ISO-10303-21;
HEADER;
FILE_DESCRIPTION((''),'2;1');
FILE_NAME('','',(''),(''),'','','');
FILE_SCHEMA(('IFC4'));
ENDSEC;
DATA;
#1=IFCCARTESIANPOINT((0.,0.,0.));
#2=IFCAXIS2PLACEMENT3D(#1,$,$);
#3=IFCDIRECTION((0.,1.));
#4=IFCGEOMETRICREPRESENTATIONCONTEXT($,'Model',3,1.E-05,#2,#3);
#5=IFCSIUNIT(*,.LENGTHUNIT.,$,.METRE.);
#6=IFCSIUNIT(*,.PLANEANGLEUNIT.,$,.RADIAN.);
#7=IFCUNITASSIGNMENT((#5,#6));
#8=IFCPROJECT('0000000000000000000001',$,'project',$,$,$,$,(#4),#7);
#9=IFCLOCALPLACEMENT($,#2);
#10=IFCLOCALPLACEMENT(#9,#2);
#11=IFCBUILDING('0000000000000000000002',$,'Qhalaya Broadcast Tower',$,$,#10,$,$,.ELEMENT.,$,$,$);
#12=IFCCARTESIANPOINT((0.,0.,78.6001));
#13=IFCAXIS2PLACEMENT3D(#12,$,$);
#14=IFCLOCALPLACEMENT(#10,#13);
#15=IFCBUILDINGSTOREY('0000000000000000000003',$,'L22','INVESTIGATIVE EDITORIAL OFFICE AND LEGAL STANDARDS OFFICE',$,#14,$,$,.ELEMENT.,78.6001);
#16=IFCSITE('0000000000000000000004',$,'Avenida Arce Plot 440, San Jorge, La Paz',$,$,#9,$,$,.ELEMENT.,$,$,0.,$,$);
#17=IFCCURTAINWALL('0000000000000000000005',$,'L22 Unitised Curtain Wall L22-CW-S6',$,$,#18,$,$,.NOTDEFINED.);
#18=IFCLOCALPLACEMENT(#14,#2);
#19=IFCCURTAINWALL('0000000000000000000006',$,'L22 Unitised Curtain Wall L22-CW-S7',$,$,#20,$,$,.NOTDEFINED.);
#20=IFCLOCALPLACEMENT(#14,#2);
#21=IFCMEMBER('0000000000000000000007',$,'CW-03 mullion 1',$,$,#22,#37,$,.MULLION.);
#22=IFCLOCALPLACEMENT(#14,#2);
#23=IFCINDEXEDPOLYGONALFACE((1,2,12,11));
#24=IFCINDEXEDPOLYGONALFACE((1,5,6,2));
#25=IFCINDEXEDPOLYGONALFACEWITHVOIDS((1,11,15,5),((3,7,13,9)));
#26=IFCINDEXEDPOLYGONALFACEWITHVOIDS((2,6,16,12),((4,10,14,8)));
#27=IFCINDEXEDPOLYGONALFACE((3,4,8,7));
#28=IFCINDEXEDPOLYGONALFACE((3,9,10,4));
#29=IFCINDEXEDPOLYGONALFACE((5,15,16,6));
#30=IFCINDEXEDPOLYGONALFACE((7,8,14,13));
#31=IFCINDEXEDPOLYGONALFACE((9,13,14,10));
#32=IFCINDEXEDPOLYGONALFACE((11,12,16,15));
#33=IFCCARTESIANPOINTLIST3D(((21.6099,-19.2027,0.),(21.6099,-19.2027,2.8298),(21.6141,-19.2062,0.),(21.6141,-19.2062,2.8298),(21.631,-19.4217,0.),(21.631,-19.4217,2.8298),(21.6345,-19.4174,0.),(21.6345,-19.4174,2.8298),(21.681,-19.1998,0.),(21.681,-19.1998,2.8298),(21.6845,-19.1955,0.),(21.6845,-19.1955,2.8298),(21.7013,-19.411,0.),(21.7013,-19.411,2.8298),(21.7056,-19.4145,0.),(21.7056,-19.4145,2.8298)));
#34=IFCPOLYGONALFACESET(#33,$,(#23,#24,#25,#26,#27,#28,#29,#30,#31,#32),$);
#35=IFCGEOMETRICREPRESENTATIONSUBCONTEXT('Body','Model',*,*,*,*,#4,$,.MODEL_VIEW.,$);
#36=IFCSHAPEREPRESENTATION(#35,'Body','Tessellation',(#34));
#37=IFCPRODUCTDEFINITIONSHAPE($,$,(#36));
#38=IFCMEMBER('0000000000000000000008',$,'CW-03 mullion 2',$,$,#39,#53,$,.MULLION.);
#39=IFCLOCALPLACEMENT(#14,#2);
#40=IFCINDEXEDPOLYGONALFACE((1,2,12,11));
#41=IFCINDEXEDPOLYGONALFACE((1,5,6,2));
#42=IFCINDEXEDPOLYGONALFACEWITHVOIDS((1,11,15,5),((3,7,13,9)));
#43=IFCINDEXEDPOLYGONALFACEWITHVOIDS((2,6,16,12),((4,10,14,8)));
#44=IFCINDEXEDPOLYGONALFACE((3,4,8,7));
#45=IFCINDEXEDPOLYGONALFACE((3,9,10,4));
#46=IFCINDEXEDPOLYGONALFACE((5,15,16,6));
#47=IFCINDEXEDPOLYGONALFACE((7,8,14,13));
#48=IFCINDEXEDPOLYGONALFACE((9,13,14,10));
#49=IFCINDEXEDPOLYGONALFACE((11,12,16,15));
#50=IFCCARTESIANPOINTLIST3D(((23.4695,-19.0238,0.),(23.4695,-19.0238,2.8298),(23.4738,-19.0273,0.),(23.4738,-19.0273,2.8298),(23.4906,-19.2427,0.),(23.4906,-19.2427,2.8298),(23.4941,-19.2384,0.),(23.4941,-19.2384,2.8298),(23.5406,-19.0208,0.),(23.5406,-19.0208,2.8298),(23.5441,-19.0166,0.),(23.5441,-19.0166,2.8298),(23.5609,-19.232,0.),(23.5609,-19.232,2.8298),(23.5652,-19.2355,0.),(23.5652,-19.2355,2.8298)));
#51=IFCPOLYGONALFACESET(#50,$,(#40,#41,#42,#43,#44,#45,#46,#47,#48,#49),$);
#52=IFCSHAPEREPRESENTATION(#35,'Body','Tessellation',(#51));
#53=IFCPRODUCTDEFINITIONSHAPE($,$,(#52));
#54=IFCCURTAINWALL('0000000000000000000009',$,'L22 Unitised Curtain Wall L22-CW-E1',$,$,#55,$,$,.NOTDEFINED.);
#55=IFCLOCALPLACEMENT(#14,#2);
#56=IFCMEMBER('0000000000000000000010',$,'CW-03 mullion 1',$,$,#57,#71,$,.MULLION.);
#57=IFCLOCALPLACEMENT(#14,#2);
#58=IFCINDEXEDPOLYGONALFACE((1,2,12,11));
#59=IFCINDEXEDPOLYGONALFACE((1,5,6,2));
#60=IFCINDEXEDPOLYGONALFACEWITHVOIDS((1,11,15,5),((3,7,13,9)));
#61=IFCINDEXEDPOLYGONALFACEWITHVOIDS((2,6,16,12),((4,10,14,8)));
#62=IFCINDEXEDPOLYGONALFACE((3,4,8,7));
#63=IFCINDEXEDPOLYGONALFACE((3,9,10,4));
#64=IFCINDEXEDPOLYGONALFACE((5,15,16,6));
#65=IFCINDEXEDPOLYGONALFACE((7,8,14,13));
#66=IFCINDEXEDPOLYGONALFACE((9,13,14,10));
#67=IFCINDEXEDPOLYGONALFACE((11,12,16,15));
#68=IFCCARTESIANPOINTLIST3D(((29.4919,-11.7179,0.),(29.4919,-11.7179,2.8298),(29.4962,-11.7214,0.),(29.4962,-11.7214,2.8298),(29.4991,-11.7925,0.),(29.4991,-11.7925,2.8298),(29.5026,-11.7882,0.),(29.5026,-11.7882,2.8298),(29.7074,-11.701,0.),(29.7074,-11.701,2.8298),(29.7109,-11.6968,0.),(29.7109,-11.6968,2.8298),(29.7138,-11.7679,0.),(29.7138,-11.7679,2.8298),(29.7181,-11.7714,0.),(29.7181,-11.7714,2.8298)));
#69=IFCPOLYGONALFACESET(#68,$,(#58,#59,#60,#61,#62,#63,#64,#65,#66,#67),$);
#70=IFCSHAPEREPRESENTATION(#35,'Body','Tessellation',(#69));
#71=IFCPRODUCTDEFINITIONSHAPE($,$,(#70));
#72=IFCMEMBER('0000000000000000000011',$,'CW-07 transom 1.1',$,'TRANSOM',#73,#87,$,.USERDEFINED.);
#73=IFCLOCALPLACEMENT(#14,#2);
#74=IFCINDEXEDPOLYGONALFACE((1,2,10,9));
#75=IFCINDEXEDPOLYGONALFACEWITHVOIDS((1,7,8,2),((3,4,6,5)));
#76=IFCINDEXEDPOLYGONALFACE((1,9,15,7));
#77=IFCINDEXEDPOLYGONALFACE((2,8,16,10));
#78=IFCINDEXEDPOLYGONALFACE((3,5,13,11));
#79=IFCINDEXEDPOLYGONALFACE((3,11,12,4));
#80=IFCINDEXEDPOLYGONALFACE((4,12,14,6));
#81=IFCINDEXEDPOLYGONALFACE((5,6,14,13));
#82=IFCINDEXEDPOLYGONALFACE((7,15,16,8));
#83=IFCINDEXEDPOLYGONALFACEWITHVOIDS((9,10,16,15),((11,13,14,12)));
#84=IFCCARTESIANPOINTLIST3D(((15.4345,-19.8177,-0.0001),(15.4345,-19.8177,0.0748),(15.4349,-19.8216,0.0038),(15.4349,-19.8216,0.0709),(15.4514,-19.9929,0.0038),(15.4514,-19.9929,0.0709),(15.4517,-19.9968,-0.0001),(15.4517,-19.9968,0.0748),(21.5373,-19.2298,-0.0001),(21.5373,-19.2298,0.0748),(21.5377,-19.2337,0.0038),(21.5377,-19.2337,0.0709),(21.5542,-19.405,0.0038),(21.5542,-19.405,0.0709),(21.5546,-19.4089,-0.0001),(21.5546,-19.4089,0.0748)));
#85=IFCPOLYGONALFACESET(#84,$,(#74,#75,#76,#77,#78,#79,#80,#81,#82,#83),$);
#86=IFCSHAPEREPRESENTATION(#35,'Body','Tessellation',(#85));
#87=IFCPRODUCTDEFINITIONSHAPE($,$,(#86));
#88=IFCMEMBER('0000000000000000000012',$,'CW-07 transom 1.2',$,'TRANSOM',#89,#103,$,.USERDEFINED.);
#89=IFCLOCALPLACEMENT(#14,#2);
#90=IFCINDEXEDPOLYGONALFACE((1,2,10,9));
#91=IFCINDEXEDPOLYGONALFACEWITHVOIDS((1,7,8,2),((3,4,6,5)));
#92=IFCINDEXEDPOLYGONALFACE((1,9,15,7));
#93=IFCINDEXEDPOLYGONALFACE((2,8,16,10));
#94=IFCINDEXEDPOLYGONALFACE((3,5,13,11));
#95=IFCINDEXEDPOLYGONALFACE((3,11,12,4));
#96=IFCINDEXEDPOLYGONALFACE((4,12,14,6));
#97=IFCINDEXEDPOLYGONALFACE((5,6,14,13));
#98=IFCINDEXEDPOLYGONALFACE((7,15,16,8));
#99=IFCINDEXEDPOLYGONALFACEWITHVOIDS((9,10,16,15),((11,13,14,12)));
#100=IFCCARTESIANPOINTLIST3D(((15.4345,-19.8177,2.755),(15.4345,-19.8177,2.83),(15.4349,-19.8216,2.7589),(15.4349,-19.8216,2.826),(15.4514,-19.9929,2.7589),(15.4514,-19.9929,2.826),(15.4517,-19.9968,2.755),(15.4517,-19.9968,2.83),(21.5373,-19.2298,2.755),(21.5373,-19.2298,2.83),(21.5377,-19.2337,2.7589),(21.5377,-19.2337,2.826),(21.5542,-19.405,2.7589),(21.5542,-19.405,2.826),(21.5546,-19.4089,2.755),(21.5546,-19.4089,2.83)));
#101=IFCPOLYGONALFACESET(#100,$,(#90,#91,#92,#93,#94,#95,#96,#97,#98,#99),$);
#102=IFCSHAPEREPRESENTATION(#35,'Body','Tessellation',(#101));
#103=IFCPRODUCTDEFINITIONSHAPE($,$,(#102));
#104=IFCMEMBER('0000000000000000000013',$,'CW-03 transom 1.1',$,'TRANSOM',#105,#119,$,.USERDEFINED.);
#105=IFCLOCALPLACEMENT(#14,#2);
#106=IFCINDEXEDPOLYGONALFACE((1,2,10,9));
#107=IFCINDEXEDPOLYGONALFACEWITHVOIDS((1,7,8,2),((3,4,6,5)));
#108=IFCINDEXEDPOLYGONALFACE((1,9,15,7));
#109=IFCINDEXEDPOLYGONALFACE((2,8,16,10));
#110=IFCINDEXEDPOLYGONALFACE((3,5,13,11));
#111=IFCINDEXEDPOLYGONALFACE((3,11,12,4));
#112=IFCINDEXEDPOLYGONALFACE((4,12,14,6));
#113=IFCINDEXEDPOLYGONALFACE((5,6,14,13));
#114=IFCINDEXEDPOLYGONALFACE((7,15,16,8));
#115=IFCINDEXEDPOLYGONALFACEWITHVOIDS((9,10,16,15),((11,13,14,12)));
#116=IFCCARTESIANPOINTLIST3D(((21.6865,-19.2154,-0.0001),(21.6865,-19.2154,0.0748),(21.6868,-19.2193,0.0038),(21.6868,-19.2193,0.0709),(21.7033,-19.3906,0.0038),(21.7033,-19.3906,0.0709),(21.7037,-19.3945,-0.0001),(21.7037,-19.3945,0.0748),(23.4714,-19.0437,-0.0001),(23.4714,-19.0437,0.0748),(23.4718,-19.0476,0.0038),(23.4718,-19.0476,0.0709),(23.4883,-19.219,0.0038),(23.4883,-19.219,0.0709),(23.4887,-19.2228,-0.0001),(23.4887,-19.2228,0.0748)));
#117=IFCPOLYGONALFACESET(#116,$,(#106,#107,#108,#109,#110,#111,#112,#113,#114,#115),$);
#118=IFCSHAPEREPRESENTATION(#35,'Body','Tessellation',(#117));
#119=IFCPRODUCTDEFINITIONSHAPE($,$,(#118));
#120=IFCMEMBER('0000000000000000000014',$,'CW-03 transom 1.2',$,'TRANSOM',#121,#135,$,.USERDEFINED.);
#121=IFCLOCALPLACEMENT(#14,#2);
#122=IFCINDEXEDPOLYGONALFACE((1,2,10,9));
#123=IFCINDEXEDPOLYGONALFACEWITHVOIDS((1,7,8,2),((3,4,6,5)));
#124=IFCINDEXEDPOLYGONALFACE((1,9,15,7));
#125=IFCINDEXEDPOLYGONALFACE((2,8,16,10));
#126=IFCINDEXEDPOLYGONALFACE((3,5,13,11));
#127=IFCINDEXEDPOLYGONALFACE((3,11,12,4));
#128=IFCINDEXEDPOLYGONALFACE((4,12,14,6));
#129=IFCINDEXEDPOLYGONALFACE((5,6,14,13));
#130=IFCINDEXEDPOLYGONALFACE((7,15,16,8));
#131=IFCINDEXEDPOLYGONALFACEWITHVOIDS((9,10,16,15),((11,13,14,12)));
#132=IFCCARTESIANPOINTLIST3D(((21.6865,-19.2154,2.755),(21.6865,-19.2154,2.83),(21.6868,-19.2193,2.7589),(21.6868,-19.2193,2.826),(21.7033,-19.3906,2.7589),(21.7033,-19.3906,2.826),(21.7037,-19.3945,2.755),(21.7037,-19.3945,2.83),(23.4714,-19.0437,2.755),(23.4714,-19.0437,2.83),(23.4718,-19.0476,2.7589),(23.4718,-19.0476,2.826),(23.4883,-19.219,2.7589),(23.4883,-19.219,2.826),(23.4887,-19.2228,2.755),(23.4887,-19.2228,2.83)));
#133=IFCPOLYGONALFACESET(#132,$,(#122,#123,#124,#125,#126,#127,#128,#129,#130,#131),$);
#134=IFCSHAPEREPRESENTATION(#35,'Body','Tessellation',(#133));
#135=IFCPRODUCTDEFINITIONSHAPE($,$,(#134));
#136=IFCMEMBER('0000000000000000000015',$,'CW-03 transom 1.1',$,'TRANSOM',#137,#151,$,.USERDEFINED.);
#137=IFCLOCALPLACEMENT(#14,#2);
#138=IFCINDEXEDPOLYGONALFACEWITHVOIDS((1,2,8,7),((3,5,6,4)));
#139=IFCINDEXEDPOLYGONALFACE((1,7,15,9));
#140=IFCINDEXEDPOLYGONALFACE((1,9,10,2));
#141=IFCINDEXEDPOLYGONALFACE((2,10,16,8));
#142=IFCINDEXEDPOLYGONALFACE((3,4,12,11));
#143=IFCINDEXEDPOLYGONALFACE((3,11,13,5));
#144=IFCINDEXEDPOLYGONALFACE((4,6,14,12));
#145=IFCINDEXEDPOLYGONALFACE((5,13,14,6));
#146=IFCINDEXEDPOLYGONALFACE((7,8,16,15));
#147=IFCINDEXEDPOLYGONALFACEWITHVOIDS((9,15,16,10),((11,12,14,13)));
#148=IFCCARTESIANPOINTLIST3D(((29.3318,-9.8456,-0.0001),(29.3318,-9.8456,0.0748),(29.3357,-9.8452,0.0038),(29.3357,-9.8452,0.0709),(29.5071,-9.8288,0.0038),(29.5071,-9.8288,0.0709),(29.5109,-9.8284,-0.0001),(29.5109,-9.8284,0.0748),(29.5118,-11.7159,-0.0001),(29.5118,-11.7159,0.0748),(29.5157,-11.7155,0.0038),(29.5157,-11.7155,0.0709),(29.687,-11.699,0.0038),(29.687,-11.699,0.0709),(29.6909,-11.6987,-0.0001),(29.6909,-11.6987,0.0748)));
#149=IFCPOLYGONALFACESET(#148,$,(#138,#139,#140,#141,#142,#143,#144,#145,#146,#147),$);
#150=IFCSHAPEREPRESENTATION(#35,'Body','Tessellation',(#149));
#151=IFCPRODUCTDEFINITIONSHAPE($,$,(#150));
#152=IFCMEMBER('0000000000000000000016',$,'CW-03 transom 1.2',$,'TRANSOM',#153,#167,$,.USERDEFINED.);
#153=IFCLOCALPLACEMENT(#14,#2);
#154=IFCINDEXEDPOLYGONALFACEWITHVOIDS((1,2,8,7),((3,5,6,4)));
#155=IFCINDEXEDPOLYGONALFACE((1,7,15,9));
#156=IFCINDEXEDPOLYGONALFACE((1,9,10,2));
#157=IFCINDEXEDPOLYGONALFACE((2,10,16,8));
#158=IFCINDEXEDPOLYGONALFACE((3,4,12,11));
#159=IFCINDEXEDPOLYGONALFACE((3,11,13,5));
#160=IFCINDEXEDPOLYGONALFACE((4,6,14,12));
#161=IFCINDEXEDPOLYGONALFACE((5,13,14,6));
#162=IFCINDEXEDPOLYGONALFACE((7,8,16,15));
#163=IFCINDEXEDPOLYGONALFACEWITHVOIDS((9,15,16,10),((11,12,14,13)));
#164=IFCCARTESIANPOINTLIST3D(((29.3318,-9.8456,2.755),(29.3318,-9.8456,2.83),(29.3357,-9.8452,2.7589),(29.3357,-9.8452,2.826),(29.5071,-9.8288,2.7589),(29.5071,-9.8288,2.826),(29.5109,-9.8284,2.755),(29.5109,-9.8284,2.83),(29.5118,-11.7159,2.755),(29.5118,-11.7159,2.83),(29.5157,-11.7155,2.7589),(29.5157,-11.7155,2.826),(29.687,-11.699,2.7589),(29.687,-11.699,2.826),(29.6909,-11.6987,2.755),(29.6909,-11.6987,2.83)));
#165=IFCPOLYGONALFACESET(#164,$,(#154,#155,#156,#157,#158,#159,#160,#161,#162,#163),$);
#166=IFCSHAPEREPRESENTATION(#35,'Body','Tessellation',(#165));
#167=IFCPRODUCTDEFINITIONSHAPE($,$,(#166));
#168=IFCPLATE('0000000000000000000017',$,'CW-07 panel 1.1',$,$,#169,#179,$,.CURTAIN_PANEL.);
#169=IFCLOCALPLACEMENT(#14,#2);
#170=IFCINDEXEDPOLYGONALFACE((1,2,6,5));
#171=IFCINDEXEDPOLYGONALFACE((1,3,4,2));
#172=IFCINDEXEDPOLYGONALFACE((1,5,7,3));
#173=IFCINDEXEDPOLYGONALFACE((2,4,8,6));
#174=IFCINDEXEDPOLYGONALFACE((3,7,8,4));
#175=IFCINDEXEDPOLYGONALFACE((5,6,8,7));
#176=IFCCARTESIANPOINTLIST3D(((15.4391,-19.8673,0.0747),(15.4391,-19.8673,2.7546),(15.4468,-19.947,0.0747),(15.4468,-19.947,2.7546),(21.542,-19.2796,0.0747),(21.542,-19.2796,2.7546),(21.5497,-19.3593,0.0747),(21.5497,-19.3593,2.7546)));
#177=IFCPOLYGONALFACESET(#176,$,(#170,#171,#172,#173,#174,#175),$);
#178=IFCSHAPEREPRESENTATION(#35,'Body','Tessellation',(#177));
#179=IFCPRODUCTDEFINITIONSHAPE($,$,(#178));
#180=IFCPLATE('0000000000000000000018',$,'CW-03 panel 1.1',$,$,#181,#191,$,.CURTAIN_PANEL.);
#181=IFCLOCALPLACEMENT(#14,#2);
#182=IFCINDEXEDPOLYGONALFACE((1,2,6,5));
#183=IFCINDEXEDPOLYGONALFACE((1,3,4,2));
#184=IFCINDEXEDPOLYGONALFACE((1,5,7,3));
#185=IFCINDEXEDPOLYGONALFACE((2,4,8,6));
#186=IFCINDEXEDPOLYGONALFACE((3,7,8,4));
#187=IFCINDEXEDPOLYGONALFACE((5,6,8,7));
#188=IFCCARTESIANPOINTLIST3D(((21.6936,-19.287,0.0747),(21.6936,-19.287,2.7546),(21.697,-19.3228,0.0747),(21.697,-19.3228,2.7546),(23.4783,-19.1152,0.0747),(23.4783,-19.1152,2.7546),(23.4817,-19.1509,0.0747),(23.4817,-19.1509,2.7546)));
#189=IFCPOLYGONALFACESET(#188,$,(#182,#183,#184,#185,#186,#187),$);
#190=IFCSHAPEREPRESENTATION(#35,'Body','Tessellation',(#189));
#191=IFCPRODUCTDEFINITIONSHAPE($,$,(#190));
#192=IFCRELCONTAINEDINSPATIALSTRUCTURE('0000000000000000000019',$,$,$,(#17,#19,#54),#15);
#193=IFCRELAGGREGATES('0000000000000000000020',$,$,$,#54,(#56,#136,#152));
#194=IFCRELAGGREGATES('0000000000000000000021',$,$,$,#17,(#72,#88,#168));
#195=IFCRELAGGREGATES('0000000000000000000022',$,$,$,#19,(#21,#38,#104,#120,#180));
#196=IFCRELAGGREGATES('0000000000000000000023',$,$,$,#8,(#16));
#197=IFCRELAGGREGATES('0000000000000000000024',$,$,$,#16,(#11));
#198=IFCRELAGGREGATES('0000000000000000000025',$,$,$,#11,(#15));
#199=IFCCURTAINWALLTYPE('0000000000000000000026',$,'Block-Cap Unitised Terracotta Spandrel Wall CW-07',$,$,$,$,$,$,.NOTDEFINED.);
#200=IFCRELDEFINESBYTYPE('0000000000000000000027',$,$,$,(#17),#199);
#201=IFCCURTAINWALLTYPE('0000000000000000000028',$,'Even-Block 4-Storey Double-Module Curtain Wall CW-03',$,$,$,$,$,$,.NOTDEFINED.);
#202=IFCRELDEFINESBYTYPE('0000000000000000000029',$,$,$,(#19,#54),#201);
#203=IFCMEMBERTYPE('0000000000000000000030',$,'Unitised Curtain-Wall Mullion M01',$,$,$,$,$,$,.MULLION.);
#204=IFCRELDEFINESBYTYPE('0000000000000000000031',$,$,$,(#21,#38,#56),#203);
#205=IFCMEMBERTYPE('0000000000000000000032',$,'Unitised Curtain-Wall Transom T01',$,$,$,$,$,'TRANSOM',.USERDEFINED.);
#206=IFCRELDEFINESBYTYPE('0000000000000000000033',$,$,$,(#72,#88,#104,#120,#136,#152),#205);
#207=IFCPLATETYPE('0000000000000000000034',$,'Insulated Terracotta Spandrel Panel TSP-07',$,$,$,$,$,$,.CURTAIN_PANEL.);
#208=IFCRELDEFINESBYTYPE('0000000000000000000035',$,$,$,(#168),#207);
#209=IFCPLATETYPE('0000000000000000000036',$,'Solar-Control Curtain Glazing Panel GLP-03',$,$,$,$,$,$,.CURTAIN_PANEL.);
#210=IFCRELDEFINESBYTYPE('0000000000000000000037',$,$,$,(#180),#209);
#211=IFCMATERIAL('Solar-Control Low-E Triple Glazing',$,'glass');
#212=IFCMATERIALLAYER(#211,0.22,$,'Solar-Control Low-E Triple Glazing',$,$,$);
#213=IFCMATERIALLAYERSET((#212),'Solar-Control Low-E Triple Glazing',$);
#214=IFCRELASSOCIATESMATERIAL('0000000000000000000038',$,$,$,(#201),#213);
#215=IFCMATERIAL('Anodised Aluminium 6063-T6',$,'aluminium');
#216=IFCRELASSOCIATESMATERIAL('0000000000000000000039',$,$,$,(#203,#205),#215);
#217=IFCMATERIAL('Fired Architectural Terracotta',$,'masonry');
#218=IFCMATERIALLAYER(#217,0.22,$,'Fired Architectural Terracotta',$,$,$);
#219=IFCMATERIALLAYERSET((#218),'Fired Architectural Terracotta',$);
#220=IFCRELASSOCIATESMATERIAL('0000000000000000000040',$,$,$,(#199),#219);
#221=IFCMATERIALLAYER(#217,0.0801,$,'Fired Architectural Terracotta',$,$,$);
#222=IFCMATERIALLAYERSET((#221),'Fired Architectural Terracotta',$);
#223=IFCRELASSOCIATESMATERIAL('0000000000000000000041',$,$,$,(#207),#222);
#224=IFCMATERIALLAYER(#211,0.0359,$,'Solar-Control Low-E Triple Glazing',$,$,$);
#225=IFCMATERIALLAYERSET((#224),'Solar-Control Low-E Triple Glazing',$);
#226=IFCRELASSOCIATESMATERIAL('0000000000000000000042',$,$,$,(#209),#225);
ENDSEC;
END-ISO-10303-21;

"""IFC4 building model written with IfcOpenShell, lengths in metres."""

from ifc_helpers import new_model, si_unit, direction, frame, origin, origin_2d, place, context, subcontext, project, spatial, rectangle, hollow_rectangle, extrude, material, layer, layer_set, material_profile, profile_set, type_object, element, aggregate, save


model = new_model("IFC4")

# Units and contexts
model_context = context("Model", 3, precision=1e-05, world=origin(), true_north=direction((0.0, 1.0)))
body_context = subcontext(model_context, "Body", "Model", "MODEL_VIEW")
ifc_project = project(units=[si_unit("LENGTHUNIT", "METRE"), si_unit("PLANEANGLEUNIT", "RADIAN")], contexts=[model_context])

# Site, building, storey
site_placement = place(None, origin())
site = spatial("IfcSite", under=ifc_project, at=site_placement, Name="Avenida Arce Plot 440, San Jorge, La Paz", CompositionType="ELEMENT", RefElevation=0.0)
building_placement = place(site_placement, origin())
building = spatial("IfcBuilding", under=site, at=building_placement, Name="Qhalaya Broadcast Tower", CompositionType="ELEMENT")
storey_placement = place(building_placement, frame((0.0, 0.0, 78.6001)))
storey = spatial("IfcBuildingStorey", under=building, at=storey_placement, Name="L22", Description="INVESTIGATIVE EDITORIAL OFFICE AND LEGAL STANDARDS OFFICE", CompositionType="ELEMENT", Elevation=78.6001)

# Shared definitions
ifc_material_1 = material(Name="Fired Architectural Terracotta", Category="masonry")

# Shared definitions
ifc_material_2 = material(Name="Solar-Control Low-E Triple Glazing", Category="glass")
ifc_layer_1 = layer(ifc_material_2, 0.22, Name="Solar-Control Low-E Triple Glazing")
ifc_layer_set_1 = layer_set([ifc_layer_1], Name="Solar-Control Low-E Triple Glazing")
curtain_wall_type_1 = type_object("IfcCurtainWallType", Name="Even-Block 4-Storey Double-Module Curtain Wall CW-03", PredefinedType="NOTDEFINED", material=ifc_layer_set_1)
ifc_material_3 = material(Name="Anodised Aluminium 6063-T6", Category="aluminium")
ifc_material_profile_1 = material_profile(ifc_material_3, hollow_rectangle(XDim=0.075, YDim=0.22, WallThickness=0.0039, at=origin_2d()), Name="ALU-MUL 75x220x4")
ifc_profile_set_1 = profile_set([ifc_material_profile_1], Name="Anodised Aluminium 6063-T6")
member_type_1 = type_object("IfcMemberType", Name="Unitised Curtain-Wall Mullion M01", PredefinedType="MULLION", material=ifc_profile_set_1)

# Curtain walls, members
ifc_layer_2 = layer(ifc_material_1, 0.22, Name="Fired Architectural Terracotta")
ifc_layer_set_2 = layer_set([ifc_layer_2], Name="Fired Architectural Terracotta")
curtain_wall_type_2 = type_object("IfcCurtainWallType", Name="Block-Cap Unitised Terracotta Spandrel Wall CW-07", PredefinedType="NOTDEFINED", material=ifc_layer_set_2)
curtain_wall_1_placement = place(storey_placement, origin())
curtain_wall_1 = element("IfcCurtainWall", 1, at=curtain_wall_1_placement, inside=storey, type_object=curtain_wall_type_2, Name="L22 Unitised Curtain Wall L22-CW-S6", PredefinedType="NOTDEFINED")
curtain_wall_2_placement = place(storey_placement, origin())
curtain_wall_2 = element("IfcCurtainWall", 2, at=curtain_wall_2_placement, inside=storey, type_object=curtain_wall_type_1, Name="L22 Unitised Curtain Wall L22-CW-S7", PredefinedType="NOTDEFINED")
member_1_placement = place(storey_placement, frame((21.6577, -19.3086, 0.0), z_axis=(0.0, 0.0, 1.0), x_axis=(0.995398, 0.095829, 0.0)))
member_1 = element("IfcMember", 3, at=member_1_placement, type_object=member_type_1, Name="CW-03 mullion 1", PredefinedType="MULLION", context=body_context, shape_type="SweptSolid", body=[
    extrude(hollow_rectangle(XDim=0.075, YDim=0.22, WallThickness=0.0039, at=origin_2d()), origin(), (0.0, 0.0, 1.0), 2.8298),
])
member_2_placement = place(storey_placement, frame((23.5173, -19.1296, 0.0), z_axis=(0.0, 0.0, 1.0), x_axis=(0.995398, 0.095829, 0.0)))
member_2 = element("IfcMember", 4, at=member_2_placement, type_object=member_type_1, Name="CW-03 mullion 2", PredefinedType="MULLION", context=body_context, shape_type="SweptSolid", body=[
    extrude(hollow_rectangle(XDim=0.075, YDim=0.22, WallThickness=0.0039, at=origin_2d()), origin(), (0.0, 0.0, 1.0), 2.8298),
])

# Curtain wall, member
curtain_wall_3_placement = place(storey_placement, origin())
curtain_wall_3 = element("IfcCurtainWall", 5, at=curtain_wall_3_placement, inside=storey, type_object=curtain_wall_type_1, Name="L22 Unitised Curtain Wall L22-CW-E1", PredefinedType="NOTDEFINED")
member_3_placement = place(storey_placement, frame((29.605, -11.7446, 0.0), z_axis=(0.0, 0.0, 1.0), x_axis=(-0.095858, 0.995395, 0.0)))
member_3 = element("IfcMember", 6, at=member_3_placement, type_object=member_type_1, Name="CW-03 mullion 1", PredefinedType="MULLION", context=body_context, shape_type="SweptSolid", body=[
    extrude(hollow_rectangle(XDim=0.075, YDim=0.22, WallThickness=0.0039, at=origin_2d()), origin(), (0.0, 0.0, 1.0), 2.8298),
])

# Members
ifc_material_profile_2 = material_profile(ifc_material_3, hollow_rectangle(XDim=0.075, YDim=0.1799, WallThickness=0.0039, at=origin_2d()), Name="ALU-TRN 75x180x4")
ifc_profile_set_2 = profile_set([ifc_material_profile_2], Name="Anodised Aluminium 6063-T6")
member_type_2 = type_object("IfcMemberType", Name="Unitised Curtain-Wall Transom T01", ElementType="TRANSOM", PredefinedType="USERDEFINED", material=ifc_profile_set_2)
member_4_placement = place(storey_placement, frame((15.4431, -19.9072, 0.0374), z_axis=(0.995392, 0.095888, 0.0), x_axis=(0.0, 0.0, 1.0)))
member_4 = element("IfcMember", 7, at=member_4_placement, type_object=member_type_2, Name="CW-07 transom 1.1", ObjectType="TRANSOM", PredefinedType="USERDEFINED", context=body_context, shape_type="SweptSolid", body=[
    extrude(hollow_rectangle(XDim=0.075, YDim=0.1799, WallThickness=0.0039, at=origin_2d()), origin(), (0.0, 0.0, 1.0), 6.1311),
])
member_5_placement = place(storey_placement, frame((15.4431, -19.9072, 2.7925), z_axis=(0.995392, 0.095888, 0.0), x_axis=(0.0, 0.0, 1.0)))
member_5 = element("IfcMember", 8, at=member_5_placement, type_object=member_type_2, Name="CW-07 transom 1.2", ObjectType="TRANSOM", PredefinedType="USERDEFINED", context=body_context, shape_type="SweptSolid", body=[
    extrude(hollow_rectangle(XDim=0.075, YDim=0.1799, WallThickness=0.0039, at=origin_2d()), origin(), (0.0, 0.0, 1.0), 6.1311),
])
member_6_placement = place(storey_placement, frame((21.6951, -19.3049, 0.0374), z_axis=(0.995409, 0.095715, 0.0), x_axis=(0.0, 0.0, 1.0)))
member_6 = element("IfcMember", 9, at=member_6_placement, type_object=member_type_2, Name="CW-03 transom 1.1", ObjectType="TRANSOM", PredefinedType="USERDEFINED", context=body_context, shape_type="SweptSolid", body=[
    extrude(hollow_rectangle(XDim=0.075, YDim=0.1799, WallThickness=0.0039, at=origin_2d()), origin(), (0.0, 0.0, 1.0), 1.7932),
])
member_7_placement = place(storey_placement, frame((21.6951, -19.3049, 2.7925), z_axis=(0.995409, 0.095715, 0.0), x_axis=(0.0, 0.0, 1.0)))
member_7 = element("IfcMember", 10, at=member_7_placement, type_object=member_type_2, Name="CW-03 transom 1.2", ObjectType="TRANSOM", PredefinedType="USERDEFINED", context=body_context, shape_type="SweptSolid", body=[
    extrude(hollow_rectangle(XDim=0.075, YDim=0.1799, WallThickness=0.0039, at=origin_2d()), origin(), (0.0, 0.0, 1.0), 1.7932),
])
member_8_placement = place(storey_placement, frame((29.6013, -11.7073, 0.0374), z_axis=(-0.095759, 0.995405, 0.0), x_axis=(0.0, 0.0, 1.0)))
member_8 = element("IfcMember", 11, at=member_8_placement, type_object=member_type_2, Name="CW-03 transom 1.1", ObjectType="TRANSOM", PredefinedType="USERDEFINED", context=body_context, shape_type="SweptSolid", body=[
    extrude(hollow_rectangle(XDim=0.075, YDim=0.1799, WallThickness=0.0039, at=origin_2d()), origin(), (0.0, 0.0, 1.0), 1.8789),
])
member_9_placement = place(storey_placement, frame((29.6013, -11.7073, 2.7925), z_axis=(-0.095759, 0.995405, 0.0), x_axis=(0.0, 0.0, 1.0)))
member_9 = element("IfcMember", 12, at=member_9_placement, type_object=member_type_2, Name="CW-03 transom 1.2", ObjectType="TRANSOM", PredefinedType="USERDEFINED", context=body_context, shape_type="SweptSolid", body=[
    extrude(hollow_rectangle(XDim=0.075, YDim=0.1799, WallThickness=0.0039, at=origin_2d()), origin(), (0.0, 0.0, 1.0), 1.8789),
])
aggregate(curtain_wall_3, [member_3, member_8, member_9])

# Plates
ifc_layer_3 = layer(ifc_material_1, 0.0801, Name="Fired Architectural Terracotta")
ifc_layer_set_3 = layer_set([ifc_layer_3], Name="Fired Architectural Terracotta")
plate_type_1 = type_object("IfcPlateType", Name="Insulated Terracotta Spandrel Panel TSP-07", PredefinedType="CURTAIN_PANEL", material=ifc_layer_set_3)
plate_1_placement = place(storey_placement, frame((18.4944, -19.6133, 0.0747), z_axis=(0.0, 0.0, 1.0), x_axis=(0.995395, 0.09586, 0.0)))
plate_1 = element("IfcPlate", 13, at=plate_1_placement, type_object=plate_type_1, Name="CW-07 panel 1.1", PredefinedType="CURTAIN_PANEL", context=body_context, shape_type="SweptSolid", body=[
    extrude(rectangle(XDim=6.1311, YDim=0.0801, at=origin_2d()), origin(), (0.0, 0.0, 1.0), 2.6799),
])
aggregate(curtain_wall_1, [member_4, member_5, plate_1])
ifc_layer_4 = layer(ifc_material_2, 0.0359, Name="Solar-Control Low-E Triple Glazing")
ifc_layer_set_4 = layer_set([ifc_layer_4], Name="Solar-Control Low-E Triple Glazing")
plate_type_2 = type_object("IfcPlateType", Name="Solar-Control Curtain Glazing Panel GLP-03", PredefinedType="CURTAIN_PANEL", material=ifc_layer_set_4)
plate_2_placement = place(storey_placement, frame((22.5876, -19.219, 0.0747), z_axis=(0.0, 0.0, 1.0), x_axis=(0.995398, 0.095829, 0.0)))
plate_2 = element("IfcPlate", 14, at=plate_2_placement, type_object=plate_type_2, Name="CW-03 panel 1.1", PredefinedType="CURTAIN_PANEL", context=body_context, shape_type="SweptSolid", body=[
    extrude(rectangle(XDim=1.793, YDim=0.0359, at=origin_2d()), origin(), (0.0, 0.0, 1.0), 2.6799),
])
aggregate(curtain_wall_2, [member_1, member_2, member_6, member_7, plate_2])

save(model, "model.ifc")
